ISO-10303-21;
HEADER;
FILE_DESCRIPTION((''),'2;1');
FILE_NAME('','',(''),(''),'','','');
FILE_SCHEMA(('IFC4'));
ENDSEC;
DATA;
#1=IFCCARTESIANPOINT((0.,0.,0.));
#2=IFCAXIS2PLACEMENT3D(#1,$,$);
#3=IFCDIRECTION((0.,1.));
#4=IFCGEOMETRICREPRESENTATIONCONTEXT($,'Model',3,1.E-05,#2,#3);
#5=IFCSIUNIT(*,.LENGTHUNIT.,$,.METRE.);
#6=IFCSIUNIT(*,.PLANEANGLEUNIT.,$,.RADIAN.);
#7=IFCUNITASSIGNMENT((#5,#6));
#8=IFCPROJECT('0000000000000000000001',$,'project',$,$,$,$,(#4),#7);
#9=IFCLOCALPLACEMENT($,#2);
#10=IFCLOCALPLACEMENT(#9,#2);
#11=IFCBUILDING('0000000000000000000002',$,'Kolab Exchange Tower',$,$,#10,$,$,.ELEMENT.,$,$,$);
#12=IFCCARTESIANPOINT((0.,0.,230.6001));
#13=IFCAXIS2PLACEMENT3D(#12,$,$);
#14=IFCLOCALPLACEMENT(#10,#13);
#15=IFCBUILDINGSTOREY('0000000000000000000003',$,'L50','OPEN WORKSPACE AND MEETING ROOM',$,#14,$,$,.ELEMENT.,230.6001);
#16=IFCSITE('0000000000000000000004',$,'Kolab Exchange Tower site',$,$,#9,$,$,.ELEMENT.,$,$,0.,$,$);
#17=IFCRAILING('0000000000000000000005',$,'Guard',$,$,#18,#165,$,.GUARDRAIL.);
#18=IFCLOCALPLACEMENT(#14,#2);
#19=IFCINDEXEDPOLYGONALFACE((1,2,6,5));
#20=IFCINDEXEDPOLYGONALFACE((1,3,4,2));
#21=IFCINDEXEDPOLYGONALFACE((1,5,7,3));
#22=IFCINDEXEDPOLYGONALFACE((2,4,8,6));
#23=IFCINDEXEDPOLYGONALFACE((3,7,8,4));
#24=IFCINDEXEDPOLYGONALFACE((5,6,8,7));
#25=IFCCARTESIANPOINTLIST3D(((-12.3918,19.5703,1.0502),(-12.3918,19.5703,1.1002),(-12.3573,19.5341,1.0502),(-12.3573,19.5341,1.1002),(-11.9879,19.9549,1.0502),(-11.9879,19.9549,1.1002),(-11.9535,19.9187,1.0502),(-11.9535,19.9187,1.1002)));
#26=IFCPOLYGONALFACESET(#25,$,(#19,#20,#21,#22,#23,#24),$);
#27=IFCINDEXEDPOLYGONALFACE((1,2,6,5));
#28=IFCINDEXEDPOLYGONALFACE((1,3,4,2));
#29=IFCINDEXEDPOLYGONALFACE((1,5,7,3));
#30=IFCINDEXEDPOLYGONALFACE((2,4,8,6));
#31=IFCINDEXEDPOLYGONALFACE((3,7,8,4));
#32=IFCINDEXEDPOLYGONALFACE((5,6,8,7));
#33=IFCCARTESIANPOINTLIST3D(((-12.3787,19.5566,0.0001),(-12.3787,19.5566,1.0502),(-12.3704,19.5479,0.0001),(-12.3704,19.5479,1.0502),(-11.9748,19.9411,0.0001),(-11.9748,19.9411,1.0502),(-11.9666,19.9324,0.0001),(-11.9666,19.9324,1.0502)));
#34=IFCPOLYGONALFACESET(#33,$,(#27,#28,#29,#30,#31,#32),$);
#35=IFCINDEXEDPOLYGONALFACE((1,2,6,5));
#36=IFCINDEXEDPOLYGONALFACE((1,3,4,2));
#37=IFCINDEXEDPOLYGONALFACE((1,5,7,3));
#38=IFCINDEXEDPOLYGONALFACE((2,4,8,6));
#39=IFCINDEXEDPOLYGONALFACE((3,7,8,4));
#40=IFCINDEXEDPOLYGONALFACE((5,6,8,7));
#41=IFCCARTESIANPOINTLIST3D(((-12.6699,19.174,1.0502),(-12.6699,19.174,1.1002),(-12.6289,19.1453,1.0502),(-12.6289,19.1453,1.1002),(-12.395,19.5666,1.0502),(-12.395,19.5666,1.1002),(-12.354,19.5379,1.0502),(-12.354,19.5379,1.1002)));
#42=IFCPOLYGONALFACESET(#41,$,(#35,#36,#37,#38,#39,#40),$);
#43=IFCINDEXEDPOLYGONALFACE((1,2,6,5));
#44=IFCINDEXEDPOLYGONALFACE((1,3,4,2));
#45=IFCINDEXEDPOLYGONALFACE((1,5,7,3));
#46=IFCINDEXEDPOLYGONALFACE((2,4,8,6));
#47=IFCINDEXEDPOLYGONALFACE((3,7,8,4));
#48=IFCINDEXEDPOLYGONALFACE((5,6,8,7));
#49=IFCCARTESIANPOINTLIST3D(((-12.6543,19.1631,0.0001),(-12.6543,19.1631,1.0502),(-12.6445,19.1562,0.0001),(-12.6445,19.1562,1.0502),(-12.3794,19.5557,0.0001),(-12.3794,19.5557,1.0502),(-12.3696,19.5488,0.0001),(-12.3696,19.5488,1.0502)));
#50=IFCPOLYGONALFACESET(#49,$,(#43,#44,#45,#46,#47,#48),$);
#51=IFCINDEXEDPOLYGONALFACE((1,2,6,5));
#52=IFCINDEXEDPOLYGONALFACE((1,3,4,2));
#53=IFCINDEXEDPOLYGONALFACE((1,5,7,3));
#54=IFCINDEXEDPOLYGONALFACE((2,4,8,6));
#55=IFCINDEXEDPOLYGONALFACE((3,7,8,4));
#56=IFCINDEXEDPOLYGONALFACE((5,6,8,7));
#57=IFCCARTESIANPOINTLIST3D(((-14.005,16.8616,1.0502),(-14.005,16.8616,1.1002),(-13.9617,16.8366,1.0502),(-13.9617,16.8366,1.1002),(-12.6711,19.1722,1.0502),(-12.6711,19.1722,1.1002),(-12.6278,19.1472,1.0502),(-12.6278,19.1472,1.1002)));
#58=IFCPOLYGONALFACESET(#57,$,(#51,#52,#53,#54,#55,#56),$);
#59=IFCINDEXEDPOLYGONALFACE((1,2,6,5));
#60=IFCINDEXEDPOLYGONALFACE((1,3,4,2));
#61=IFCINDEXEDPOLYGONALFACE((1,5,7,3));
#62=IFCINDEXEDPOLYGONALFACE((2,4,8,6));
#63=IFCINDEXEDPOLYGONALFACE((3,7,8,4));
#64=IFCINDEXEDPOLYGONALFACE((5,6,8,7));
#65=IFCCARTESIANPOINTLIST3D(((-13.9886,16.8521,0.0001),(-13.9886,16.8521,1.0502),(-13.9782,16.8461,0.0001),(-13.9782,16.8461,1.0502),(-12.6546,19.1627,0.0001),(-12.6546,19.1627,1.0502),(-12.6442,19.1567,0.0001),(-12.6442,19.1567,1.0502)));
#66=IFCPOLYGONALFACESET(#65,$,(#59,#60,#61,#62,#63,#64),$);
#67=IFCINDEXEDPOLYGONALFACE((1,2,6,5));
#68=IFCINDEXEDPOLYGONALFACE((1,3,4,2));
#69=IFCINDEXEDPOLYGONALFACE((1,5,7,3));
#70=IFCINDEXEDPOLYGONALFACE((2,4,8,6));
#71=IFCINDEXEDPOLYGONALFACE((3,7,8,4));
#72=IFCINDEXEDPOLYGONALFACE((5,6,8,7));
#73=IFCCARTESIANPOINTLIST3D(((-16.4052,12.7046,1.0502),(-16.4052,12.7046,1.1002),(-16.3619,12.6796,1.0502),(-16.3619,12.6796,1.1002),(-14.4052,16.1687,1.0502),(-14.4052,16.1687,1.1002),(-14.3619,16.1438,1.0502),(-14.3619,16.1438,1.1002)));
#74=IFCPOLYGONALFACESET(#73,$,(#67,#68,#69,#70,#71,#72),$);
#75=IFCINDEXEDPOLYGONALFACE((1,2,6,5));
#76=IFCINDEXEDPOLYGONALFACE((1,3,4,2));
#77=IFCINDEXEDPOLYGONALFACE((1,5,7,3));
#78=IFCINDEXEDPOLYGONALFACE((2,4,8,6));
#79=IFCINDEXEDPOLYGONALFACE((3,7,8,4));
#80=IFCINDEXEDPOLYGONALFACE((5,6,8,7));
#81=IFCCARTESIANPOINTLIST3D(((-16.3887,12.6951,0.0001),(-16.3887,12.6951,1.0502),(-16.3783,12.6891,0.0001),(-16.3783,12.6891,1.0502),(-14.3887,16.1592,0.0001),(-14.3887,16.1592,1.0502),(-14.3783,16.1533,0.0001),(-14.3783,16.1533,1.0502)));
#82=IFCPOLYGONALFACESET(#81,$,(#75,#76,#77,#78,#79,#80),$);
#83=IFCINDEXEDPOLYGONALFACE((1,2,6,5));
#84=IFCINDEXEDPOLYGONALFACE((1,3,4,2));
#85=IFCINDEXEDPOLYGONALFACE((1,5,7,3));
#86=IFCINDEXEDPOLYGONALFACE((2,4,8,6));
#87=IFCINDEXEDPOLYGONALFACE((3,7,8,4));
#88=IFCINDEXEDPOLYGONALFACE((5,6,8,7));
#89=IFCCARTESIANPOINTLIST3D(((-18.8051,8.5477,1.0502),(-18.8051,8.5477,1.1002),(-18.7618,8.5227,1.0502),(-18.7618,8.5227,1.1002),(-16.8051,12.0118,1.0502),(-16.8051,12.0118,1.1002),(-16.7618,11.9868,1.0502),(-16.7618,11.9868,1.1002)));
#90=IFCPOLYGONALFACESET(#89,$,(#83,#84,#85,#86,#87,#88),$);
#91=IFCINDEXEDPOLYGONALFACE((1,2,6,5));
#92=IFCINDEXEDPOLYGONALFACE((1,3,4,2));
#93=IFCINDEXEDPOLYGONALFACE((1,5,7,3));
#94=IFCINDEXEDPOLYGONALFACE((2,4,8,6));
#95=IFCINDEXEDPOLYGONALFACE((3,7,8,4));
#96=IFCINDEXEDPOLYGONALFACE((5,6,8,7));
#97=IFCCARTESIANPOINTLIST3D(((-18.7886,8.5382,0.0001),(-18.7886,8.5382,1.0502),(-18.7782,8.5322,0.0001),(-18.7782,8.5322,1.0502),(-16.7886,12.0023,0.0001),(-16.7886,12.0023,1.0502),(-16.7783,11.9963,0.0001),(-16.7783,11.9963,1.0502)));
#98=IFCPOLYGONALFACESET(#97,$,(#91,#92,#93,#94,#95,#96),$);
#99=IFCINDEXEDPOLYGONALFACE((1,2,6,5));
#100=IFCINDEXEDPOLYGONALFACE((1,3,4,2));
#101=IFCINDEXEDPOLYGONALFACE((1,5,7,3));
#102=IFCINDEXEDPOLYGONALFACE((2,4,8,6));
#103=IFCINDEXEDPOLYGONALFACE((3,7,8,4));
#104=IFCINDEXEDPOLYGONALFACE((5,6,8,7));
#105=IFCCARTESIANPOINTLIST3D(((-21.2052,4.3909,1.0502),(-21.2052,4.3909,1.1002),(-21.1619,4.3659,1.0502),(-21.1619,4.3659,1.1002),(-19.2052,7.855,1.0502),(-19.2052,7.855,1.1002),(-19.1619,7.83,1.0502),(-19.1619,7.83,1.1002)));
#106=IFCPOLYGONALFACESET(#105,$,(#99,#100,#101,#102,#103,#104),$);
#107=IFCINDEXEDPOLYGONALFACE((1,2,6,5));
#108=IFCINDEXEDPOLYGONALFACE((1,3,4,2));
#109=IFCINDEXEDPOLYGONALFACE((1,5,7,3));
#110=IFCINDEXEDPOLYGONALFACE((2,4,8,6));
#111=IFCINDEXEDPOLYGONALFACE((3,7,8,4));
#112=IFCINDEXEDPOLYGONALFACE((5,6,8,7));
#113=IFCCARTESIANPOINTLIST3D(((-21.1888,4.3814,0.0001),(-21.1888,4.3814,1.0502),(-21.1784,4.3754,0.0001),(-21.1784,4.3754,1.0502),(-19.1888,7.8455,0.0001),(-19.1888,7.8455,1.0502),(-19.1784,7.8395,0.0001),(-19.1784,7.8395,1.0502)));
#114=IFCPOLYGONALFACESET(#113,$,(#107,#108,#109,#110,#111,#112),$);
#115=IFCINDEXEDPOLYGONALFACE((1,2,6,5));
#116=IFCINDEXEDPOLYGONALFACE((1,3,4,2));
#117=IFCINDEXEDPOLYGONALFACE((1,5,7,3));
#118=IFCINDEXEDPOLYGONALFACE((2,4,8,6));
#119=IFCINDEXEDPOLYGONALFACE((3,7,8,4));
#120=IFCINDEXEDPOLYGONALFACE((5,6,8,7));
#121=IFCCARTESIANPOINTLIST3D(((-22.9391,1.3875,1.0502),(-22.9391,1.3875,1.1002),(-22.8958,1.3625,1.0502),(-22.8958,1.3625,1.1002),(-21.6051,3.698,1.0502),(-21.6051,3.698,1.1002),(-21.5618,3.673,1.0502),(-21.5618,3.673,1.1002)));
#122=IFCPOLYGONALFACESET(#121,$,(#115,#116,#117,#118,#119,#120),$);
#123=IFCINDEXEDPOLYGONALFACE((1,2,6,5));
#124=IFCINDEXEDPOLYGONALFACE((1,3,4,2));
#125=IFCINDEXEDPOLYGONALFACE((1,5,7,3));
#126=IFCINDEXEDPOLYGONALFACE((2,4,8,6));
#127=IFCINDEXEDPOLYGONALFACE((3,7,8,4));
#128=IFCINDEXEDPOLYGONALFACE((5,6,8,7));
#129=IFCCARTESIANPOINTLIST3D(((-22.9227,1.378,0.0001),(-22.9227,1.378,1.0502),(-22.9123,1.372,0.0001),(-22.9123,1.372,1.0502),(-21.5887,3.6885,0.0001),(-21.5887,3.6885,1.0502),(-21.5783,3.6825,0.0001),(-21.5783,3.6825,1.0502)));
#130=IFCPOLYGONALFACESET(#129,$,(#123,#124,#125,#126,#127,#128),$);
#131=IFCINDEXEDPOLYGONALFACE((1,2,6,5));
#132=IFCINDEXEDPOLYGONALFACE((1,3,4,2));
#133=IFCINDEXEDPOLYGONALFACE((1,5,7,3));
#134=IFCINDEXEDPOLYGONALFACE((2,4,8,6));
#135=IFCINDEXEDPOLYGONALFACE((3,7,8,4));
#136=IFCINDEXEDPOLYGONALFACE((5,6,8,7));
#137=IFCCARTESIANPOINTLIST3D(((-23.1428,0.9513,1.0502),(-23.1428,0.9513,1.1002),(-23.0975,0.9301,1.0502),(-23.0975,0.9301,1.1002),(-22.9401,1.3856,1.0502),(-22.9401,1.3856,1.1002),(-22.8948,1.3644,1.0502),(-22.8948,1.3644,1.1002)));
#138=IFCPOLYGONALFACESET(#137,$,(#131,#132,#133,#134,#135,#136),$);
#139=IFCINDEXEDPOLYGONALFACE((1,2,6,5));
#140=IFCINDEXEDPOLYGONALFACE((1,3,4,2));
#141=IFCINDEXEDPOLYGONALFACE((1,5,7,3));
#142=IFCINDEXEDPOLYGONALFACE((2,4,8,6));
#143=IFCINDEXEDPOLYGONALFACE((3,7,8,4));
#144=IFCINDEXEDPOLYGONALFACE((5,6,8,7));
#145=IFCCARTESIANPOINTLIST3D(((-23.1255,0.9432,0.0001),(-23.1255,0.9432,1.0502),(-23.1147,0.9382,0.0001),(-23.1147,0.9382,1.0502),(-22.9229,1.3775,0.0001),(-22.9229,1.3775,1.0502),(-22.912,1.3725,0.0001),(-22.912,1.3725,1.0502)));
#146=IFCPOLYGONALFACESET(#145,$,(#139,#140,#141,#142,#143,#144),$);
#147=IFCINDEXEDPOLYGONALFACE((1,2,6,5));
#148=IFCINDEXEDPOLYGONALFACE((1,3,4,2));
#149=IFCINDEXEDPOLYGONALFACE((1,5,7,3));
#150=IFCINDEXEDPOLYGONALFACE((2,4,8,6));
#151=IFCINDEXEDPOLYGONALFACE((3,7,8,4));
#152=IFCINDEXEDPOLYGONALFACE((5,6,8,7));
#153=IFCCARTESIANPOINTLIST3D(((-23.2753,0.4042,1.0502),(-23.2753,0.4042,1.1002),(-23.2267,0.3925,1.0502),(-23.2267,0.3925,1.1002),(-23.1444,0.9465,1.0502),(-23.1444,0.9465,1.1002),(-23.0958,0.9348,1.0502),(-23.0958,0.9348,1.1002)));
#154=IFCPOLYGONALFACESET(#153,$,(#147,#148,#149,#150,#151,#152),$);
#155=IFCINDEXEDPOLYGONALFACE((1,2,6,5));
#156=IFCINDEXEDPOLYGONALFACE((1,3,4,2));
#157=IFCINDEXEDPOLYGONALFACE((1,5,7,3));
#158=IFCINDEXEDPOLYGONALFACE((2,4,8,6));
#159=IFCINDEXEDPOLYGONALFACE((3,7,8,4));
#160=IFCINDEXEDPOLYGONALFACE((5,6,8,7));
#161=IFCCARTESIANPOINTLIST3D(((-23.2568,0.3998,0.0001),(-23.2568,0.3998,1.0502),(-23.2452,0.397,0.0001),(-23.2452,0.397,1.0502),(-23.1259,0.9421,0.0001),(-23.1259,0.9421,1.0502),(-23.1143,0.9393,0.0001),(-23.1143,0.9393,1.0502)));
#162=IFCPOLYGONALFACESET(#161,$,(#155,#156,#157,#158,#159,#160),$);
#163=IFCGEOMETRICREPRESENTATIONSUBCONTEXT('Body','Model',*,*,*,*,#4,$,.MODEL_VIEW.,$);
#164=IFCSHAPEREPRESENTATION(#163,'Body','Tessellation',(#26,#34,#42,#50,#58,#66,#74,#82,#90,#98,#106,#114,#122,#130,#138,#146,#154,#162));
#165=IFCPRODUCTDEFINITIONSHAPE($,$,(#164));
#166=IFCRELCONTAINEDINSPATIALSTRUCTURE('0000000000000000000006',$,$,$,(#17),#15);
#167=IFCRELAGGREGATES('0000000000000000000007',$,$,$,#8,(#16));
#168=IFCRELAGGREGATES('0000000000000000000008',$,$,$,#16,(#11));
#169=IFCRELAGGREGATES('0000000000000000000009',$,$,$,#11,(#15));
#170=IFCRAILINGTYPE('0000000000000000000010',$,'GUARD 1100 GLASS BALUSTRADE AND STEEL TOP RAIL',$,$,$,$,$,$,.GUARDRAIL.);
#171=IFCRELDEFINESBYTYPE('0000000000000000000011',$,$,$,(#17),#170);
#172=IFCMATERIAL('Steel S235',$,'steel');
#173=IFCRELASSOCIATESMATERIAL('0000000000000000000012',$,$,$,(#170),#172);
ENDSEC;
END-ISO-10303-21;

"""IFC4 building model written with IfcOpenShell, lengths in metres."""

from ifc_helpers import new_model, si_unit, direction, frame, frame_2d, origin, origin_2d, place, context, subcontext, project, spatial, rectangle, extrude, material, type_object, element, save


model = new_model("IFC4")

# Units and contexts
model_context = context("Model", 3, precision=1e-05, world=origin(), true_north=direction((0.0, 1.0)))
body_context = subcontext(model_context, "Body", "Model", "MODEL_VIEW")
ifc_project = project(units=[si_unit("LENGTHUNIT", "METRE"), si_unit("PLANEANGLEUNIT", "RADIAN")], contexts=[model_context])

# Site, building, storey
site_placement = place(None, origin())
site = spatial("IfcSite", under=ifc_project, at=site_placement, Name="Kolab Exchange Tower site", CompositionType="ELEMENT", RefElevation=0.0)
building_placement = place(site_placement, origin())
building = spatial("IfcBuilding", under=site, at=building_placement, Name="Kolab Exchange Tower", CompositionType="ELEMENT")
storey_placement = place(building_placement, frame((0.0, 0.0, 230.6001)))
storey = spatial("IfcBuildingStorey", under=building, at=storey_placement, Name="L50", Description="OPEN WORKSPACE AND MEETING ROOM", CompositionType="ELEMENT", Elevation=230.6001)

# Shared definitions
ifc_material_1 = material(Name="Steel S235", Category="steel")

# Railing
railing_type = type_object("IfcRailingType", Name="GUARD 1100 GLASS BALUSTRADE AND STEEL TOP RAIL", PredefinedType="GUARDRAIL", material=ifc_material_1)
railing_placement = place(storey_placement, frame((-11.9707, 19.9368, 0.0)))
element("IfcRailing", 1, at=railing_placement, inside=storey, type_object=railing_type, Name="Guard", PredefinedType="GUARDRAIL", context=body_context, shape_type="SweptSolid", body=[
    extrude(rectangle(XDim=0.05, YDim=0.05, at=origin_2d()), frame((0.0, 0.0, 1.0752), z_axis=(-0.72419, -0.689601, 0.0), x_axis=(0.689601, -0.72419, 0.0)), (0.0, 0.0, 1.0), 0.5576),
    extrude(rectangle(XDim=0.012, YDim=1.0501, at=frame_2d((0.0, 0.5251))), frame((0.0, 0.0, 0.0), z_axis=(-0.72419, -0.689601, 0.0), x_axis=(0.689601, -0.72419, 0.0)), (0.0, 0.0, 1.0), 0.5576),
    extrude(rectangle(XDim=0.05, YDim=0.05, at=origin_2d()), frame((-0.4038, -0.3845, 1.0752), z_axis=(-0.573599, -0.819136, 0.0), x_axis=(0.819136, -0.573599, 0.0)), (0.0, 0.0, 1.0), 0.4792),
    extrude(rectangle(XDim=0.012, YDim=1.0501, at=frame_2d((0.0, 0.5251))), frame((-0.4038, -0.3845, 0.0), z_axis=(-0.573599, -0.819136, 0.0), x_axis=(0.819136, -0.573599, 0.0)), (0.0, 0.0, 1.0), 0.4792),
    extrude(rectangle(XDim=0.05, YDim=0.05, at=origin_2d()), frame((-0.6787, -0.7771, 1.0752), z_axis=(-0.499997, -0.866027, 0.0), x_axis=(0.866027, -0.499997, 0.0)), (0.0, 0.0, 1.0), 2.668),
    extrude(rectangle(XDim=0.012, YDim=1.0501, at=frame_2d((0.0, 0.5251))), frame((-0.6787, -0.7771, 0.0), z_axis=(-0.499997, -0.866027, 0.0), x_axis=(0.866027, -0.499997, 0.0)), (0.0, 0.0, 1.0), 2.668),
    extrude(rectangle(XDim=0.05, YDim=0.05, at=origin_2d()), frame((-2.4128, -3.7805, 1.0752), z_axis=(-0.499999, -0.866026, 0.0), x_axis=(0.866026, -0.499999, 0.0)), (0.0, 0.0, 1.0), 4.0),
    extrude(rectangle(XDim=0.012, YDim=1.0501, at=frame_2d((0.0, 0.5251))), frame((-2.4128, -3.7805, 0.0), z_axis=(-0.499999, -0.866026, 0.0), x_axis=(0.866026, -0.499999, 0.0)), (0.0, 0.0, 1.0), 4.0),
    extrude(rectangle(XDim=0.05, YDim=0.05, at=origin_2d()), frame((-4.8127, -7.9375, 1.0752), z_axis=(-0.499999, -0.866026, 0.0), x_axis=(0.866026, -0.499999, 0.0)), (0.0, 0.0, 1.0), 4.0),
    extrude(rectangle(XDim=0.012, YDim=1.0501, at=frame_2d((0.0, 0.5251))), frame((-4.8127, -7.9375, 0.0), z_axis=(-0.499999, -0.866026, 0.0), x_axis=(0.866026, -0.499999, 0.0)), (0.0, 0.0, 1.0), 4.0),
    extrude(rectangle(XDim=0.05, YDim=0.05, at=origin_2d()), frame((-7.2129, -12.0942, 1.0752), z_axis=(-0.499999, -0.866026, 0.0), x_axis=(0.866026, -0.499999, 0.0)), (0.0, 0.0, 1.0), 4.0),
    extrude(rectangle(XDim=0.012, YDim=1.0501, at=frame_2d((0.0, 0.5251))), frame((-7.2129, -12.0942, 0.0), z_axis=(-0.499999, -0.866026, 0.0), x_axis=(0.866026, -0.499999, 0.0)), (0.0, 0.0, 1.0), 4.0),
    extrude(rectangle(XDim=0.05, YDim=0.05, at=origin_2d()), frame((-9.6128, -16.2512, 1.0752), z_axis=(-0.499997, -0.866027, 0.0), x_axis=(0.866027, -0.499997, 0.0)), (0.0, 0.0, 1.0), 2.668),
    extrude(rectangle(XDim=0.012, YDim=1.0501, at=frame_2d((0.0, 0.5251))), frame((-9.6128, -16.2512, 0.0), z_axis=(-0.499997, -0.866027, 0.0), x_axis=(0.866027, -0.499997, 0.0)), (0.0, 0.0, 1.0), 2.668),
    extrude(rectangle(XDim=0.05, YDim=0.05, at=origin_2d()), frame((-10.9468, -18.5618, 1.0752), z_axis=(-0.422802, -0.906222, 0.0), x_axis=(0.906222, -0.422802, 0.0)), (0.0, 0.0, 1.0), 0.4792),
    extrude(rectangle(XDim=0.012, YDim=1.0501, at=frame_2d((0.0, 0.5251))), frame((-10.9468, -18.5618, 0.0), z_axis=(-0.422802, -0.906222, 0.0), x_axis=(0.906222, -0.422802, 0.0)), (0.0, 0.0, 1.0), 0.4792),
    extrude(rectangle(XDim=0.05, YDim=0.05, at=origin_2d()), frame((-11.1494, -18.9961, 1.0752), z_axis=(-0.234598, -0.972093, 0.0), x_axis=(0.972093, -0.234598, 0.0)), (0.0, 0.0, 1.0), 0.5579),
    extrude(rectangle(XDim=0.012, YDim=1.0501, at=frame_2d((0.0, 0.5251))), frame((-11.1494, -18.9961, 0.0), z_axis=(-0.234598, -0.972093, 0.0), x_axis=(0.972093, -0.234598, 0.0)), (0.0, 0.0, 1.0), 0.5579),
])

save(model, "model.ifc")
